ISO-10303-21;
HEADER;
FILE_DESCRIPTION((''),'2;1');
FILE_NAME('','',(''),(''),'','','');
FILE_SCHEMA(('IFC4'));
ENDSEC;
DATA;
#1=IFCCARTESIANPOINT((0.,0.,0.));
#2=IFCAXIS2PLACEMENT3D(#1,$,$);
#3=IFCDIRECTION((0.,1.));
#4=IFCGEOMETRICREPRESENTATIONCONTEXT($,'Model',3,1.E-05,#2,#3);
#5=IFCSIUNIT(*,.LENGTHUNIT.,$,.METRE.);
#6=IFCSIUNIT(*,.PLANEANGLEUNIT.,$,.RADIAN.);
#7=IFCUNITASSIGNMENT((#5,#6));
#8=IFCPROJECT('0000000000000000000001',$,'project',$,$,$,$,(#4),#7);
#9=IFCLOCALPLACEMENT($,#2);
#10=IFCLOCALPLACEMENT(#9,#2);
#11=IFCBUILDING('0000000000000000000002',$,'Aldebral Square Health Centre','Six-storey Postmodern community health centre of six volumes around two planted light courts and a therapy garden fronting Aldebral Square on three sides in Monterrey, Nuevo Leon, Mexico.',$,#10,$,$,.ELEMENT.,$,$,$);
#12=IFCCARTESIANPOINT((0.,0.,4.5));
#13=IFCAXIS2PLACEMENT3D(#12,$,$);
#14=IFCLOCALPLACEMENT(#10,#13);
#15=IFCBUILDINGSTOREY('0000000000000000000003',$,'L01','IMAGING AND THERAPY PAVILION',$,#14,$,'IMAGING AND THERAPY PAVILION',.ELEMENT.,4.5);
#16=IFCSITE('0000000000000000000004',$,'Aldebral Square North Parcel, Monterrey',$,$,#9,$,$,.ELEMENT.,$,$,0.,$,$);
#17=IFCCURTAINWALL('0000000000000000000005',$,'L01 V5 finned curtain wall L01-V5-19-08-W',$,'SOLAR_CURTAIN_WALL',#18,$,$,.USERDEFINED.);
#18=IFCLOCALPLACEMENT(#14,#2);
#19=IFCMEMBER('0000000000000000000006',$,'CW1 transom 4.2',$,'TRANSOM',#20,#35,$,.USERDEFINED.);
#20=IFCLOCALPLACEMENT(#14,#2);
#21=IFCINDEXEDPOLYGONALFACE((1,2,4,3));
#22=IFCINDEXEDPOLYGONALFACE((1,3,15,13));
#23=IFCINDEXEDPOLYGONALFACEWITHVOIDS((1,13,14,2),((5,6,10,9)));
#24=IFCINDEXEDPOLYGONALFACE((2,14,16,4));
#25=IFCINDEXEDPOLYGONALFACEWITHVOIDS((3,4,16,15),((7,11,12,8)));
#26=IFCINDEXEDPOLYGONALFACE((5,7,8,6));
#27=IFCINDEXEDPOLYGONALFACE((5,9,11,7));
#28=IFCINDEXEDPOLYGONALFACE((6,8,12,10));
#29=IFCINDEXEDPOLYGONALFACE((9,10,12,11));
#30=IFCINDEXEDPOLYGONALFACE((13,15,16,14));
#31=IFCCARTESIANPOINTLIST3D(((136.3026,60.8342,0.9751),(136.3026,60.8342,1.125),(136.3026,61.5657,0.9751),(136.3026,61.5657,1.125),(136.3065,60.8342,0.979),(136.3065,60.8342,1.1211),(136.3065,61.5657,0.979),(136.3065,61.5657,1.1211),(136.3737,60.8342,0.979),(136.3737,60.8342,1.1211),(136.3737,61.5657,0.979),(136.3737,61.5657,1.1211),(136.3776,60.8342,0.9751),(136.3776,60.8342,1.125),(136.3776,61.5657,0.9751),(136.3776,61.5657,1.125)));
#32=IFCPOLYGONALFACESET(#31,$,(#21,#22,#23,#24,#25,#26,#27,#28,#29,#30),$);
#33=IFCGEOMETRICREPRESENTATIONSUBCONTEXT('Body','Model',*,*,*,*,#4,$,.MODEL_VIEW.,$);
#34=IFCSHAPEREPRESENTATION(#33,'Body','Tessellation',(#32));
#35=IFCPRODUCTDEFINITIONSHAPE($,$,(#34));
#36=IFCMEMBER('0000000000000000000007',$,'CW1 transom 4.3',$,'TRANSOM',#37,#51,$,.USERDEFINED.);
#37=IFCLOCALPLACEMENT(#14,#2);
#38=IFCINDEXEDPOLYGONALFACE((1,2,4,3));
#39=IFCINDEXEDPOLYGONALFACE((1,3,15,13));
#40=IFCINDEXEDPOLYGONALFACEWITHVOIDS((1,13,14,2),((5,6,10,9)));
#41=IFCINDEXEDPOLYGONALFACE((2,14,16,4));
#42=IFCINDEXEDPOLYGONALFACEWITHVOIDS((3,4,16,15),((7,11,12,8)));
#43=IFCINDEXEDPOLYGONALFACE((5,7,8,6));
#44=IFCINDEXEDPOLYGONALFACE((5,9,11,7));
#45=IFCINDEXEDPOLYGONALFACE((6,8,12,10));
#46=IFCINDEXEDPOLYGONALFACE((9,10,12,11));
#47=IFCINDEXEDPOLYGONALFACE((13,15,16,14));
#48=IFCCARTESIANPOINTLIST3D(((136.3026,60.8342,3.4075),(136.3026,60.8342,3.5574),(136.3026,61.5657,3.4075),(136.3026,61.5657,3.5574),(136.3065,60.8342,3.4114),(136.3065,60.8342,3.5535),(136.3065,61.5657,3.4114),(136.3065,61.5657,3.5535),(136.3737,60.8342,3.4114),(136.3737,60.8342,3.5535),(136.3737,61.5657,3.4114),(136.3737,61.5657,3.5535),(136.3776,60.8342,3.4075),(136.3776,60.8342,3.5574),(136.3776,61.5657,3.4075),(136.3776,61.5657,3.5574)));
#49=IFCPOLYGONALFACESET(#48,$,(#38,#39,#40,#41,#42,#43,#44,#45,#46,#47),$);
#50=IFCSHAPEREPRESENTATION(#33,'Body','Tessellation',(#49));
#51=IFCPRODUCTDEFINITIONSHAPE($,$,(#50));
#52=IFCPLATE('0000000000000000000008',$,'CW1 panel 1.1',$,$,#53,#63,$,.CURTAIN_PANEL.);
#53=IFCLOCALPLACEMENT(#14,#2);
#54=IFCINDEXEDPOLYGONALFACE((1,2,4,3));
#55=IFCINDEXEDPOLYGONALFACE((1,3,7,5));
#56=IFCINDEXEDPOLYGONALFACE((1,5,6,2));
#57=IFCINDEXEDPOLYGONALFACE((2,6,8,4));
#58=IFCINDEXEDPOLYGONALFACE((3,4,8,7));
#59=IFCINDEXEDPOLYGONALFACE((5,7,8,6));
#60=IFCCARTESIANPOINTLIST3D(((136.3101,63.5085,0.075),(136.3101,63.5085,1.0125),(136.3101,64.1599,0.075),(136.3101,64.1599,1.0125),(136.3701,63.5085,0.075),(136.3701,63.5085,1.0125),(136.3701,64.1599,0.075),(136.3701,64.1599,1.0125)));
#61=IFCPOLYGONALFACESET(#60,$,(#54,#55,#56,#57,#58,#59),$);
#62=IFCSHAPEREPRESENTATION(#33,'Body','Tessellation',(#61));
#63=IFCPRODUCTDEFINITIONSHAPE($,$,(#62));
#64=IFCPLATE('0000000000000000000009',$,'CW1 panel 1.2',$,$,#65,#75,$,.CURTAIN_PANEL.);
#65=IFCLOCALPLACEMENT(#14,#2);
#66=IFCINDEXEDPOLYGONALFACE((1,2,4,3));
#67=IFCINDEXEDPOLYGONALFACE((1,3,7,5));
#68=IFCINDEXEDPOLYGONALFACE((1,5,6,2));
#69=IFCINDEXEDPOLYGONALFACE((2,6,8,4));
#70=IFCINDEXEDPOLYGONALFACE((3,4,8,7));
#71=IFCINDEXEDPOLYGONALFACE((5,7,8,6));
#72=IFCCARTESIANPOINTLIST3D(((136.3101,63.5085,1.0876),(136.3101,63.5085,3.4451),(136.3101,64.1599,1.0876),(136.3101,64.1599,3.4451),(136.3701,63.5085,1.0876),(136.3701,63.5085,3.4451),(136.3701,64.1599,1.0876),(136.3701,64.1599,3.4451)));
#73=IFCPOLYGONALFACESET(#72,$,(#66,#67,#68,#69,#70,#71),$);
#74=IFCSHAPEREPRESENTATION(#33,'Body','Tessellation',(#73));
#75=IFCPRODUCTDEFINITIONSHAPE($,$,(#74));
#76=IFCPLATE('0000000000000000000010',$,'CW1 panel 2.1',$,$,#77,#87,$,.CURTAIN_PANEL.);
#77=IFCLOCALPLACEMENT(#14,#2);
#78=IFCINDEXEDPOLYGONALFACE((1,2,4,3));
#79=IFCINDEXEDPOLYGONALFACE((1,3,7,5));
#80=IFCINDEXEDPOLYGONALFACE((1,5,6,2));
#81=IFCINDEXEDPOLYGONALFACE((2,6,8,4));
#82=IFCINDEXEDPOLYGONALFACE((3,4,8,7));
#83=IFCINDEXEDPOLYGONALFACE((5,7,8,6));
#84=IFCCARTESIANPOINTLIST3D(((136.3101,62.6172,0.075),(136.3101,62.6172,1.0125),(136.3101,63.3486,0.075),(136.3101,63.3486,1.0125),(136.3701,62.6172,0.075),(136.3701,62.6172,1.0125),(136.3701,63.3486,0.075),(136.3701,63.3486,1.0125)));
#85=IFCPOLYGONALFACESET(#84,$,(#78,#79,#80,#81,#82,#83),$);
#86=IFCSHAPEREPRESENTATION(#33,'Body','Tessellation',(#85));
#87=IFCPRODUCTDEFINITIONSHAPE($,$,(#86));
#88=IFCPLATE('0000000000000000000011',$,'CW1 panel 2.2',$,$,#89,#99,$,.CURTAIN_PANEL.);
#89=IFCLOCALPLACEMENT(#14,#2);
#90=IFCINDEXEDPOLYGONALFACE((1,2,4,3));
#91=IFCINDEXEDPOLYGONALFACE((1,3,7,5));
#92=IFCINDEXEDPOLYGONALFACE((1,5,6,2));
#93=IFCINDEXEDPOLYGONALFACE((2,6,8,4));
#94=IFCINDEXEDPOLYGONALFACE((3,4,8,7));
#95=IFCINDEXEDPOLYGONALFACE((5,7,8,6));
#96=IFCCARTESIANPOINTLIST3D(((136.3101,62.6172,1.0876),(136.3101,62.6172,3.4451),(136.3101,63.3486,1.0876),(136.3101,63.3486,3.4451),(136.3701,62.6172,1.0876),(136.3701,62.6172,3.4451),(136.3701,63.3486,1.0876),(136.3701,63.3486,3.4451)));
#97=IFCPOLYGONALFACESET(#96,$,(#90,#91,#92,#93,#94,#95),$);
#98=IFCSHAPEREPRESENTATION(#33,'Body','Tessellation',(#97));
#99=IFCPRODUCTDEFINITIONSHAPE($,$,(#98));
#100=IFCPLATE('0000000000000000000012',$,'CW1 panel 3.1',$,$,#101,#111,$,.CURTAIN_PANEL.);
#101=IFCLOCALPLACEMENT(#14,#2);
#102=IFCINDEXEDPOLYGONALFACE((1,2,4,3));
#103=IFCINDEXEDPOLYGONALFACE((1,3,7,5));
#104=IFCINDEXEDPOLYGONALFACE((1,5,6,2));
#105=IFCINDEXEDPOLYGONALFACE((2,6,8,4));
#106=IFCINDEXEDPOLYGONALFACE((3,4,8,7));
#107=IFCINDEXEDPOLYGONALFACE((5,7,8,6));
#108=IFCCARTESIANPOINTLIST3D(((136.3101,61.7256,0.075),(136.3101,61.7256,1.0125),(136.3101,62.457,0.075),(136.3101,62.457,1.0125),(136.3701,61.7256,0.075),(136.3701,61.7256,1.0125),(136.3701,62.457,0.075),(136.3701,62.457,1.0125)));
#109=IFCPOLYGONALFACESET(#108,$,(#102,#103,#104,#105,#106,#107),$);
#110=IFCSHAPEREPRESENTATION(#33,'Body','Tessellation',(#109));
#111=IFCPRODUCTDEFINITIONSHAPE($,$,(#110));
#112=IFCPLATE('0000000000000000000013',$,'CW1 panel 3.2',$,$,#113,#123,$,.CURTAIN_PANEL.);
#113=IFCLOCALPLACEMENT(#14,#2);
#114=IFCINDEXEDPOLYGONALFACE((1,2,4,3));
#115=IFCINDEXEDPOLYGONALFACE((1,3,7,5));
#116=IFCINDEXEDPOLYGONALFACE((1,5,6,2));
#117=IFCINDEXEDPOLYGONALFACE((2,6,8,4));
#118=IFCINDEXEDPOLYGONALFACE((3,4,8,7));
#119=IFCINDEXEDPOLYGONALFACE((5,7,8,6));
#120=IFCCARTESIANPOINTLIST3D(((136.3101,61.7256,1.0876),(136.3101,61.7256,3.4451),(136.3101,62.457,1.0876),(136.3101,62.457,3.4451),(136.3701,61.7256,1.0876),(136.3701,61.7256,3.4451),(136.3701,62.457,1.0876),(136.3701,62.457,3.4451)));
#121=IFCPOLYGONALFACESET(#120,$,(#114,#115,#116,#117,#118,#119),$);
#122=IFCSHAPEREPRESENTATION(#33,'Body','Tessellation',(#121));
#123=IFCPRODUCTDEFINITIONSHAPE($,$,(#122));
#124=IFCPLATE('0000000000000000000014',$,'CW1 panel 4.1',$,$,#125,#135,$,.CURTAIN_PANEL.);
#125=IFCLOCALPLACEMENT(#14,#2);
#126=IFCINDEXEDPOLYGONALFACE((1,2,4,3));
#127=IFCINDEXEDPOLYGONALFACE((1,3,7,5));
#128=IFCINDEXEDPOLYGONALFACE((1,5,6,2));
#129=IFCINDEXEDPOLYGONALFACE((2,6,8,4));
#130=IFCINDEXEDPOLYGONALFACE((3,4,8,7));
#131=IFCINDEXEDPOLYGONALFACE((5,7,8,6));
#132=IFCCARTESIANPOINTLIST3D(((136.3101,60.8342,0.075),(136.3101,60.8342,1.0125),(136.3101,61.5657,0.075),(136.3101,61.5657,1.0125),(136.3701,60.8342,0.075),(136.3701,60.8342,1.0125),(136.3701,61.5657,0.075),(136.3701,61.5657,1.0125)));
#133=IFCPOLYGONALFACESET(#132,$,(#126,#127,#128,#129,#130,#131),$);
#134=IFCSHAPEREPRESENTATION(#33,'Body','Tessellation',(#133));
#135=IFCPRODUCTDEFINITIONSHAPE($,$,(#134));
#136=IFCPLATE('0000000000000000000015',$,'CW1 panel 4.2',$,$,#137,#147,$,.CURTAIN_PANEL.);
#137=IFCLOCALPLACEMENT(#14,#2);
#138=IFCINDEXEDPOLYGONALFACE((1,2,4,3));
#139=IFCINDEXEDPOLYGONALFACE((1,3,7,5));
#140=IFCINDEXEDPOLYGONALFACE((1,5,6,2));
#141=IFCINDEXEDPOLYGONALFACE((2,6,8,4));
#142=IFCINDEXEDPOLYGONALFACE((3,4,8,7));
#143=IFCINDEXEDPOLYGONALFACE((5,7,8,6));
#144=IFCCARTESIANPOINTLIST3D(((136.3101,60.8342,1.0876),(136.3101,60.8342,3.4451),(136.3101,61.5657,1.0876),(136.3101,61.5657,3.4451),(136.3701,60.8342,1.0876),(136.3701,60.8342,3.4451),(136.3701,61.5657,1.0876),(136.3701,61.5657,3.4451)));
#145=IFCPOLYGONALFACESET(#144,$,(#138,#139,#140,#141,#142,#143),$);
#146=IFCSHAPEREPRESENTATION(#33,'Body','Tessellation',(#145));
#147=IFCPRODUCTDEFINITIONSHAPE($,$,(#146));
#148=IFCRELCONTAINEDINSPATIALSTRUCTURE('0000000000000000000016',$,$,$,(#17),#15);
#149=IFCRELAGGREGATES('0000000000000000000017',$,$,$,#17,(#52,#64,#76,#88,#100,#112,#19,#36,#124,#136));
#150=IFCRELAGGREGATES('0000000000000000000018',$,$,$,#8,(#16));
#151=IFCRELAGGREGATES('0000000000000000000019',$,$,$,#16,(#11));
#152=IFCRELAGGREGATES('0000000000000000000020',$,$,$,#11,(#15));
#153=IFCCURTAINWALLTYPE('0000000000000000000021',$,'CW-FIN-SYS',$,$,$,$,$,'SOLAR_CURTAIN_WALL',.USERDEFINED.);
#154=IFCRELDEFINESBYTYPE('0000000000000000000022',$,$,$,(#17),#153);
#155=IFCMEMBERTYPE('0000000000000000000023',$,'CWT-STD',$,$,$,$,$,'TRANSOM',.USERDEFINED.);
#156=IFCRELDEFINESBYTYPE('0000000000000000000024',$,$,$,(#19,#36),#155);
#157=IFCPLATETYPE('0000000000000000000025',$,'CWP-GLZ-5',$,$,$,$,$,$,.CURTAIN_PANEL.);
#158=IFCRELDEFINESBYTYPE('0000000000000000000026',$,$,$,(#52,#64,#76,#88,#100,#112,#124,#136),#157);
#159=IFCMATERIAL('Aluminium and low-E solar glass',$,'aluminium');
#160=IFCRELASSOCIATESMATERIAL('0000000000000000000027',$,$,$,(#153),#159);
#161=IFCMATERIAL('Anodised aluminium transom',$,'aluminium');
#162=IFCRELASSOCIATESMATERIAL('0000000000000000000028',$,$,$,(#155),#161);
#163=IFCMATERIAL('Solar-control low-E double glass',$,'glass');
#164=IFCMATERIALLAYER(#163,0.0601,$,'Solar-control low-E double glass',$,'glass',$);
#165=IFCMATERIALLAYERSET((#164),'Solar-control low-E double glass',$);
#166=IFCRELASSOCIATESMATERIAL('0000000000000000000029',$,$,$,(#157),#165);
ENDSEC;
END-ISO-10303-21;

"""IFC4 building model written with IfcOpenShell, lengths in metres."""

from ifc_helpers import new_model, si_unit, direction, frame, origin, origin_2d, place, context, subcontext, project, spatial, rectangle, hollow_rectangle, extrude, material, layer, layer_set, material_profile, profile_set, type_object, element, aggregate, save


model = new_model("IFC4")

# Units and contexts
model_context = context("Model", 3, precision=1e-05, world=origin(), true_north=direction((0.0, 1.0)))
body_context = subcontext(model_context, "Body", "Model", "MODEL_VIEW")
ifc_project = project(units=[si_unit("LENGTHUNIT", "METRE"), si_unit("PLANEANGLEUNIT", "RADIAN")], contexts=[model_context])

# Site, building, storey
site_placement = place(None, origin())
site = spatial("IfcSite", under=ifc_project, at=site_placement, Name="Aldebral Square North Parcel, Monterrey", CompositionType="ELEMENT", RefElevation=0.0)
building_placement = place(site_placement, origin())
building = spatial("IfcBuilding", under=site, at=building_placement, Name="Aldebral Square Health Centre", Description="Six-storey Postmodern community health centre of six volumes around two planted light courts and a therapy garden fronting Aldebral Square on three sides in Monterrey, Nuevo Leon, Mexico.", CompositionType="ELEMENT")
storey_placement = place(building_placement, frame((0.0, 0.0, 4.5)))
storey = spatial("IfcBuildingStorey", under=building, at=storey_placement, Name="L01", Description="IMAGING AND THERAPY PAVILION", LongName="IMAGING AND THERAPY PAVILION", CompositionType="ELEMENT", Elevation=4.5)

# Curtain wall, members, plates
ifc_material_1 = material(Name="Aluminium and low-E solar glass", Category="aluminium")
curtain_wall_type = type_object("IfcCurtainWallType", Name="CW-FIN-SYS", ElementType="SOLAR_CURTAIN_WALL", PredefinedType="USERDEFINED", material=ifc_material_1)
curtain_wall_placement = place(storey_placement, origin())
curtain_wall = element("IfcCurtainWall", 1, at=curtain_wall_placement, inside=storey, type_object=curtain_wall_type, Name="L01 V5 finned curtain wall L01-V5-19-08-W", ObjectType="SOLAR_CURTAIN_WALL", PredefinedType="USERDEFINED")
ifc_material_2 = material(Name="Anodised aluminium transom", Category="aluminium")
ifc_material_profile_1 = material_profile(ifc_material_2, hollow_rectangle(XDim=0.075, YDim=0.1499, WallThickness=0.0039, at=origin_2d()), Name="CWT 75x150x4")
ifc_profile_set_1 = profile_set([ifc_material_profile_1], Name="Anodised aluminium transom")
member_type_1 = type_object("IfcMemberType", Name="CWT-STD", ElementType="TRANSOM", PredefinedType="USERDEFINED", material=ifc_profile_set_1)
member_1_placement = place(storey_placement, frame((136.3401, 61.5657, 1.05), z_axis=(0.0, -1.0, 0.0), x_axis=(1.0, 0.0, 0.0)))
member_1 = element("IfcMember", 2, at=member_1_placement, type_object=member_type_1, Name="CW1 transom 4.2", ObjectType="TRANSOM", PredefinedType="USERDEFINED", context=body_context, shape_type="SweptSolid", body=[
    extrude(hollow_rectangle(XDim=0.075, YDim=0.1499, WallThickness=0.0039, at=origin_2d()), origin(), (0.0, 0.0, 1.0), 0.7314),
])
member_2_placement = place(storey_placement, frame((136.3401, 61.5657, 3.4824), z_axis=(0.0, -1.0, 0.0), x_axis=(1.0, 0.0, 0.0)))
member_2 = element("IfcMember", 3, at=member_2_placement, type_object=member_type_1, Name="CW1 transom 4.3", ObjectType="TRANSOM", PredefinedType="USERDEFINED", context=body_context, shape_type="SweptSolid", body=[
    extrude(hollow_rectangle(XDim=0.075, YDim=0.1499, WallThickness=0.0039, at=origin_2d()), origin(), (0.0, 0.0, 1.0), 0.7314),
])
ifc_material_3 = material(Name="Solar-control low-E double glass", Category="glass")
ifc_layer = layer(ifc_material_3, 0.0601, Name="Solar-control low-E double glass", Category="glass")
ifc_layer_set = layer_set([ifc_layer], Name="Solar-control low-E double glass")
plate_type = type_object("IfcPlateType", Name="CWP-GLZ-5", PredefinedType="CURTAIN_PANEL", material=ifc_layer_set)
plate_1_placement = place(storey_placement, frame((136.3401, 63.8342, 0.075), z_axis=(0.0, 0.0, 1.0), x_axis=(0.0, -1.0, 0.0)))
plate_1 = element("IfcPlate", 4, at=plate_1_placement, type_object=plate_type, Name="CW1 panel 1.1", PredefinedType="CURTAIN_PANEL", context=body_context, shape_type="SweptSolid", body=[
    extrude(rectangle(XDim=0.6514, YDim=0.0601, at=origin_2d()), origin(), (0.0, 0.0, 1.0), 0.9375),
])
plate_2_placement = place(storey_placement, frame((136.3401, 63.8342, 1.0876), z_axis=(0.0, 0.0, 1.0), x_axis=(0.0, -1.0, 0.0)))
plate_2 = element("IfcPlate", 5, at=plate_2_placement, type_object=plate_type, Name="CW1 panel 1.2", PredefinedType="CURTAIN_PANEL", context=body_context, shape_type="SweptSolid", body=[
    extrude(rectangle(XDim=0.6514, YDim=0.0601, at=origin_2d()), origin(), (0.0, 0.0, 1.0), 2.3574),
])
plate_3_placement = place(storey_placement, frame((136.3401, 62.9829, 0.075), z_axis=(0.0, 0.0, 1.0), x_axis=(0.0, -1.0, 0.0)))
plate_3 = element("IfcPlate", 6, at=plate_3_placement, type_object=plate_type, Name="CW1 panel 2.1", PredefinedType="CURTAIN_PANEL", context=body_context, shape_type="SweptSolid", body=[
    extrude(rectangle(XDim=0.7314, YDim=0.0601, at=origin_2d()), origin(), (0.0, 0.0, 1.0), 0.9375),
])
plate_4_placement = place(storey_placement, frame((136.3401, 62.9829, 1.0876), z_axis=(0.0, 0.0, 1.0), x_axis=(0.0, -1.0, 0.0)))
plate_4 = element("IfcPlate", 7, at=plate_4_placement, type_object=plate_type, Name="CW1 panel 2.2", PredefinedType="CURTAIN_PANEL", context=body_context, shape_type="SweptSolid", body=[
    extrude(rectangle(XDim=0.7314, YDim=0.0601, at=origin_2d()), origin(), (0.0, 0.0, 1.0), 2.3574),
])
plate_5_placement = place(storey_placement, frame((136.3401, 62.0913, 0.075), z_axis=(0.0, 0.0, 1.0), x_axis=(0.0, -1.0, 0.0)))
plate_5 = element("IfcPlate", 8, at=plate_5_placement, type_object=plate_type, Name="CW1 panel 3.1", PredefinedType="CURTAIN_PANEL", context=body_context, shape_type="SweptSolid", body=[
    extrude(rectangle(XDim=0.7314, YDim=0.0601, at=origin_2d()), origin(), (0.0, 0.0, 1.0), 0.9375),
])
plate_6_placement = place(storey_placement, frame((136.3401, 62.0913, 1.0876), z_axis=(0.0, 0.0, 1.0), x_axis=(0.0, -1.0, 0.0)))
plate_6 = element("IfcPlate", 9, at=plate_6_placement, type_object=plate_type, Name="CW1 panel 3.2", PredefinedType="CURTAIN_PANEL", context=body_context, shape_type="SweptSolid", body=[
    extrude(rectangle(XDim=0.7314, YDim=0.0601, at=origin_2d()), origin(), (0.0, 0.0, 1.0), 2.3574),
])
plate_7_placement = place(storey_placement, frame((136.3401, 61.2, 0.075), z_axis=(0.0, 0.0, 1.0), x_axis=(0.0, -1.0, 0.0)))
plate_7 = element("IfcPlate", 10, at=plate_7_placement, type_object=plate_type, Name="CW1 panel 4.1", PredefinedType="CURTAIN_PANEL", context=body_context, shape_type="SweptSolid", body=[
    extrude(rectangle(XDim=0.7314, YDim=0.0601, at=origin_2d()), origin(), (0.0, 0.0, 1.0), 0.9375),
])
plate_8_placement = place(storey_placement, frame((136.3401, 61.2, 1.0876), z_axis=(0.0, 0.0, 1.0), x_axis=(0.0, -1.0, 0.0)))
plate_8 = element("IfcPlate", 11, at=plate_8_placement, type_object=plate_type, Name="CW1 panel 4.2", PredefinedType="CURTAIN_PANEL", context=body_context, shape_type="SweptSolid", body=[
    extrude(rectangle(XDim=0.7314, YDim=0.0601, at=origin_2d()), origin(), (0.0, 0.0, 1.0), 2.3574),
])
aggregate(curtain_wall, [plate_1, plate_2, plate_3, plate_4, plate_5, plate_6, member_1, member_2, plate_7, plate_8])

save(model, "model.ifc")
